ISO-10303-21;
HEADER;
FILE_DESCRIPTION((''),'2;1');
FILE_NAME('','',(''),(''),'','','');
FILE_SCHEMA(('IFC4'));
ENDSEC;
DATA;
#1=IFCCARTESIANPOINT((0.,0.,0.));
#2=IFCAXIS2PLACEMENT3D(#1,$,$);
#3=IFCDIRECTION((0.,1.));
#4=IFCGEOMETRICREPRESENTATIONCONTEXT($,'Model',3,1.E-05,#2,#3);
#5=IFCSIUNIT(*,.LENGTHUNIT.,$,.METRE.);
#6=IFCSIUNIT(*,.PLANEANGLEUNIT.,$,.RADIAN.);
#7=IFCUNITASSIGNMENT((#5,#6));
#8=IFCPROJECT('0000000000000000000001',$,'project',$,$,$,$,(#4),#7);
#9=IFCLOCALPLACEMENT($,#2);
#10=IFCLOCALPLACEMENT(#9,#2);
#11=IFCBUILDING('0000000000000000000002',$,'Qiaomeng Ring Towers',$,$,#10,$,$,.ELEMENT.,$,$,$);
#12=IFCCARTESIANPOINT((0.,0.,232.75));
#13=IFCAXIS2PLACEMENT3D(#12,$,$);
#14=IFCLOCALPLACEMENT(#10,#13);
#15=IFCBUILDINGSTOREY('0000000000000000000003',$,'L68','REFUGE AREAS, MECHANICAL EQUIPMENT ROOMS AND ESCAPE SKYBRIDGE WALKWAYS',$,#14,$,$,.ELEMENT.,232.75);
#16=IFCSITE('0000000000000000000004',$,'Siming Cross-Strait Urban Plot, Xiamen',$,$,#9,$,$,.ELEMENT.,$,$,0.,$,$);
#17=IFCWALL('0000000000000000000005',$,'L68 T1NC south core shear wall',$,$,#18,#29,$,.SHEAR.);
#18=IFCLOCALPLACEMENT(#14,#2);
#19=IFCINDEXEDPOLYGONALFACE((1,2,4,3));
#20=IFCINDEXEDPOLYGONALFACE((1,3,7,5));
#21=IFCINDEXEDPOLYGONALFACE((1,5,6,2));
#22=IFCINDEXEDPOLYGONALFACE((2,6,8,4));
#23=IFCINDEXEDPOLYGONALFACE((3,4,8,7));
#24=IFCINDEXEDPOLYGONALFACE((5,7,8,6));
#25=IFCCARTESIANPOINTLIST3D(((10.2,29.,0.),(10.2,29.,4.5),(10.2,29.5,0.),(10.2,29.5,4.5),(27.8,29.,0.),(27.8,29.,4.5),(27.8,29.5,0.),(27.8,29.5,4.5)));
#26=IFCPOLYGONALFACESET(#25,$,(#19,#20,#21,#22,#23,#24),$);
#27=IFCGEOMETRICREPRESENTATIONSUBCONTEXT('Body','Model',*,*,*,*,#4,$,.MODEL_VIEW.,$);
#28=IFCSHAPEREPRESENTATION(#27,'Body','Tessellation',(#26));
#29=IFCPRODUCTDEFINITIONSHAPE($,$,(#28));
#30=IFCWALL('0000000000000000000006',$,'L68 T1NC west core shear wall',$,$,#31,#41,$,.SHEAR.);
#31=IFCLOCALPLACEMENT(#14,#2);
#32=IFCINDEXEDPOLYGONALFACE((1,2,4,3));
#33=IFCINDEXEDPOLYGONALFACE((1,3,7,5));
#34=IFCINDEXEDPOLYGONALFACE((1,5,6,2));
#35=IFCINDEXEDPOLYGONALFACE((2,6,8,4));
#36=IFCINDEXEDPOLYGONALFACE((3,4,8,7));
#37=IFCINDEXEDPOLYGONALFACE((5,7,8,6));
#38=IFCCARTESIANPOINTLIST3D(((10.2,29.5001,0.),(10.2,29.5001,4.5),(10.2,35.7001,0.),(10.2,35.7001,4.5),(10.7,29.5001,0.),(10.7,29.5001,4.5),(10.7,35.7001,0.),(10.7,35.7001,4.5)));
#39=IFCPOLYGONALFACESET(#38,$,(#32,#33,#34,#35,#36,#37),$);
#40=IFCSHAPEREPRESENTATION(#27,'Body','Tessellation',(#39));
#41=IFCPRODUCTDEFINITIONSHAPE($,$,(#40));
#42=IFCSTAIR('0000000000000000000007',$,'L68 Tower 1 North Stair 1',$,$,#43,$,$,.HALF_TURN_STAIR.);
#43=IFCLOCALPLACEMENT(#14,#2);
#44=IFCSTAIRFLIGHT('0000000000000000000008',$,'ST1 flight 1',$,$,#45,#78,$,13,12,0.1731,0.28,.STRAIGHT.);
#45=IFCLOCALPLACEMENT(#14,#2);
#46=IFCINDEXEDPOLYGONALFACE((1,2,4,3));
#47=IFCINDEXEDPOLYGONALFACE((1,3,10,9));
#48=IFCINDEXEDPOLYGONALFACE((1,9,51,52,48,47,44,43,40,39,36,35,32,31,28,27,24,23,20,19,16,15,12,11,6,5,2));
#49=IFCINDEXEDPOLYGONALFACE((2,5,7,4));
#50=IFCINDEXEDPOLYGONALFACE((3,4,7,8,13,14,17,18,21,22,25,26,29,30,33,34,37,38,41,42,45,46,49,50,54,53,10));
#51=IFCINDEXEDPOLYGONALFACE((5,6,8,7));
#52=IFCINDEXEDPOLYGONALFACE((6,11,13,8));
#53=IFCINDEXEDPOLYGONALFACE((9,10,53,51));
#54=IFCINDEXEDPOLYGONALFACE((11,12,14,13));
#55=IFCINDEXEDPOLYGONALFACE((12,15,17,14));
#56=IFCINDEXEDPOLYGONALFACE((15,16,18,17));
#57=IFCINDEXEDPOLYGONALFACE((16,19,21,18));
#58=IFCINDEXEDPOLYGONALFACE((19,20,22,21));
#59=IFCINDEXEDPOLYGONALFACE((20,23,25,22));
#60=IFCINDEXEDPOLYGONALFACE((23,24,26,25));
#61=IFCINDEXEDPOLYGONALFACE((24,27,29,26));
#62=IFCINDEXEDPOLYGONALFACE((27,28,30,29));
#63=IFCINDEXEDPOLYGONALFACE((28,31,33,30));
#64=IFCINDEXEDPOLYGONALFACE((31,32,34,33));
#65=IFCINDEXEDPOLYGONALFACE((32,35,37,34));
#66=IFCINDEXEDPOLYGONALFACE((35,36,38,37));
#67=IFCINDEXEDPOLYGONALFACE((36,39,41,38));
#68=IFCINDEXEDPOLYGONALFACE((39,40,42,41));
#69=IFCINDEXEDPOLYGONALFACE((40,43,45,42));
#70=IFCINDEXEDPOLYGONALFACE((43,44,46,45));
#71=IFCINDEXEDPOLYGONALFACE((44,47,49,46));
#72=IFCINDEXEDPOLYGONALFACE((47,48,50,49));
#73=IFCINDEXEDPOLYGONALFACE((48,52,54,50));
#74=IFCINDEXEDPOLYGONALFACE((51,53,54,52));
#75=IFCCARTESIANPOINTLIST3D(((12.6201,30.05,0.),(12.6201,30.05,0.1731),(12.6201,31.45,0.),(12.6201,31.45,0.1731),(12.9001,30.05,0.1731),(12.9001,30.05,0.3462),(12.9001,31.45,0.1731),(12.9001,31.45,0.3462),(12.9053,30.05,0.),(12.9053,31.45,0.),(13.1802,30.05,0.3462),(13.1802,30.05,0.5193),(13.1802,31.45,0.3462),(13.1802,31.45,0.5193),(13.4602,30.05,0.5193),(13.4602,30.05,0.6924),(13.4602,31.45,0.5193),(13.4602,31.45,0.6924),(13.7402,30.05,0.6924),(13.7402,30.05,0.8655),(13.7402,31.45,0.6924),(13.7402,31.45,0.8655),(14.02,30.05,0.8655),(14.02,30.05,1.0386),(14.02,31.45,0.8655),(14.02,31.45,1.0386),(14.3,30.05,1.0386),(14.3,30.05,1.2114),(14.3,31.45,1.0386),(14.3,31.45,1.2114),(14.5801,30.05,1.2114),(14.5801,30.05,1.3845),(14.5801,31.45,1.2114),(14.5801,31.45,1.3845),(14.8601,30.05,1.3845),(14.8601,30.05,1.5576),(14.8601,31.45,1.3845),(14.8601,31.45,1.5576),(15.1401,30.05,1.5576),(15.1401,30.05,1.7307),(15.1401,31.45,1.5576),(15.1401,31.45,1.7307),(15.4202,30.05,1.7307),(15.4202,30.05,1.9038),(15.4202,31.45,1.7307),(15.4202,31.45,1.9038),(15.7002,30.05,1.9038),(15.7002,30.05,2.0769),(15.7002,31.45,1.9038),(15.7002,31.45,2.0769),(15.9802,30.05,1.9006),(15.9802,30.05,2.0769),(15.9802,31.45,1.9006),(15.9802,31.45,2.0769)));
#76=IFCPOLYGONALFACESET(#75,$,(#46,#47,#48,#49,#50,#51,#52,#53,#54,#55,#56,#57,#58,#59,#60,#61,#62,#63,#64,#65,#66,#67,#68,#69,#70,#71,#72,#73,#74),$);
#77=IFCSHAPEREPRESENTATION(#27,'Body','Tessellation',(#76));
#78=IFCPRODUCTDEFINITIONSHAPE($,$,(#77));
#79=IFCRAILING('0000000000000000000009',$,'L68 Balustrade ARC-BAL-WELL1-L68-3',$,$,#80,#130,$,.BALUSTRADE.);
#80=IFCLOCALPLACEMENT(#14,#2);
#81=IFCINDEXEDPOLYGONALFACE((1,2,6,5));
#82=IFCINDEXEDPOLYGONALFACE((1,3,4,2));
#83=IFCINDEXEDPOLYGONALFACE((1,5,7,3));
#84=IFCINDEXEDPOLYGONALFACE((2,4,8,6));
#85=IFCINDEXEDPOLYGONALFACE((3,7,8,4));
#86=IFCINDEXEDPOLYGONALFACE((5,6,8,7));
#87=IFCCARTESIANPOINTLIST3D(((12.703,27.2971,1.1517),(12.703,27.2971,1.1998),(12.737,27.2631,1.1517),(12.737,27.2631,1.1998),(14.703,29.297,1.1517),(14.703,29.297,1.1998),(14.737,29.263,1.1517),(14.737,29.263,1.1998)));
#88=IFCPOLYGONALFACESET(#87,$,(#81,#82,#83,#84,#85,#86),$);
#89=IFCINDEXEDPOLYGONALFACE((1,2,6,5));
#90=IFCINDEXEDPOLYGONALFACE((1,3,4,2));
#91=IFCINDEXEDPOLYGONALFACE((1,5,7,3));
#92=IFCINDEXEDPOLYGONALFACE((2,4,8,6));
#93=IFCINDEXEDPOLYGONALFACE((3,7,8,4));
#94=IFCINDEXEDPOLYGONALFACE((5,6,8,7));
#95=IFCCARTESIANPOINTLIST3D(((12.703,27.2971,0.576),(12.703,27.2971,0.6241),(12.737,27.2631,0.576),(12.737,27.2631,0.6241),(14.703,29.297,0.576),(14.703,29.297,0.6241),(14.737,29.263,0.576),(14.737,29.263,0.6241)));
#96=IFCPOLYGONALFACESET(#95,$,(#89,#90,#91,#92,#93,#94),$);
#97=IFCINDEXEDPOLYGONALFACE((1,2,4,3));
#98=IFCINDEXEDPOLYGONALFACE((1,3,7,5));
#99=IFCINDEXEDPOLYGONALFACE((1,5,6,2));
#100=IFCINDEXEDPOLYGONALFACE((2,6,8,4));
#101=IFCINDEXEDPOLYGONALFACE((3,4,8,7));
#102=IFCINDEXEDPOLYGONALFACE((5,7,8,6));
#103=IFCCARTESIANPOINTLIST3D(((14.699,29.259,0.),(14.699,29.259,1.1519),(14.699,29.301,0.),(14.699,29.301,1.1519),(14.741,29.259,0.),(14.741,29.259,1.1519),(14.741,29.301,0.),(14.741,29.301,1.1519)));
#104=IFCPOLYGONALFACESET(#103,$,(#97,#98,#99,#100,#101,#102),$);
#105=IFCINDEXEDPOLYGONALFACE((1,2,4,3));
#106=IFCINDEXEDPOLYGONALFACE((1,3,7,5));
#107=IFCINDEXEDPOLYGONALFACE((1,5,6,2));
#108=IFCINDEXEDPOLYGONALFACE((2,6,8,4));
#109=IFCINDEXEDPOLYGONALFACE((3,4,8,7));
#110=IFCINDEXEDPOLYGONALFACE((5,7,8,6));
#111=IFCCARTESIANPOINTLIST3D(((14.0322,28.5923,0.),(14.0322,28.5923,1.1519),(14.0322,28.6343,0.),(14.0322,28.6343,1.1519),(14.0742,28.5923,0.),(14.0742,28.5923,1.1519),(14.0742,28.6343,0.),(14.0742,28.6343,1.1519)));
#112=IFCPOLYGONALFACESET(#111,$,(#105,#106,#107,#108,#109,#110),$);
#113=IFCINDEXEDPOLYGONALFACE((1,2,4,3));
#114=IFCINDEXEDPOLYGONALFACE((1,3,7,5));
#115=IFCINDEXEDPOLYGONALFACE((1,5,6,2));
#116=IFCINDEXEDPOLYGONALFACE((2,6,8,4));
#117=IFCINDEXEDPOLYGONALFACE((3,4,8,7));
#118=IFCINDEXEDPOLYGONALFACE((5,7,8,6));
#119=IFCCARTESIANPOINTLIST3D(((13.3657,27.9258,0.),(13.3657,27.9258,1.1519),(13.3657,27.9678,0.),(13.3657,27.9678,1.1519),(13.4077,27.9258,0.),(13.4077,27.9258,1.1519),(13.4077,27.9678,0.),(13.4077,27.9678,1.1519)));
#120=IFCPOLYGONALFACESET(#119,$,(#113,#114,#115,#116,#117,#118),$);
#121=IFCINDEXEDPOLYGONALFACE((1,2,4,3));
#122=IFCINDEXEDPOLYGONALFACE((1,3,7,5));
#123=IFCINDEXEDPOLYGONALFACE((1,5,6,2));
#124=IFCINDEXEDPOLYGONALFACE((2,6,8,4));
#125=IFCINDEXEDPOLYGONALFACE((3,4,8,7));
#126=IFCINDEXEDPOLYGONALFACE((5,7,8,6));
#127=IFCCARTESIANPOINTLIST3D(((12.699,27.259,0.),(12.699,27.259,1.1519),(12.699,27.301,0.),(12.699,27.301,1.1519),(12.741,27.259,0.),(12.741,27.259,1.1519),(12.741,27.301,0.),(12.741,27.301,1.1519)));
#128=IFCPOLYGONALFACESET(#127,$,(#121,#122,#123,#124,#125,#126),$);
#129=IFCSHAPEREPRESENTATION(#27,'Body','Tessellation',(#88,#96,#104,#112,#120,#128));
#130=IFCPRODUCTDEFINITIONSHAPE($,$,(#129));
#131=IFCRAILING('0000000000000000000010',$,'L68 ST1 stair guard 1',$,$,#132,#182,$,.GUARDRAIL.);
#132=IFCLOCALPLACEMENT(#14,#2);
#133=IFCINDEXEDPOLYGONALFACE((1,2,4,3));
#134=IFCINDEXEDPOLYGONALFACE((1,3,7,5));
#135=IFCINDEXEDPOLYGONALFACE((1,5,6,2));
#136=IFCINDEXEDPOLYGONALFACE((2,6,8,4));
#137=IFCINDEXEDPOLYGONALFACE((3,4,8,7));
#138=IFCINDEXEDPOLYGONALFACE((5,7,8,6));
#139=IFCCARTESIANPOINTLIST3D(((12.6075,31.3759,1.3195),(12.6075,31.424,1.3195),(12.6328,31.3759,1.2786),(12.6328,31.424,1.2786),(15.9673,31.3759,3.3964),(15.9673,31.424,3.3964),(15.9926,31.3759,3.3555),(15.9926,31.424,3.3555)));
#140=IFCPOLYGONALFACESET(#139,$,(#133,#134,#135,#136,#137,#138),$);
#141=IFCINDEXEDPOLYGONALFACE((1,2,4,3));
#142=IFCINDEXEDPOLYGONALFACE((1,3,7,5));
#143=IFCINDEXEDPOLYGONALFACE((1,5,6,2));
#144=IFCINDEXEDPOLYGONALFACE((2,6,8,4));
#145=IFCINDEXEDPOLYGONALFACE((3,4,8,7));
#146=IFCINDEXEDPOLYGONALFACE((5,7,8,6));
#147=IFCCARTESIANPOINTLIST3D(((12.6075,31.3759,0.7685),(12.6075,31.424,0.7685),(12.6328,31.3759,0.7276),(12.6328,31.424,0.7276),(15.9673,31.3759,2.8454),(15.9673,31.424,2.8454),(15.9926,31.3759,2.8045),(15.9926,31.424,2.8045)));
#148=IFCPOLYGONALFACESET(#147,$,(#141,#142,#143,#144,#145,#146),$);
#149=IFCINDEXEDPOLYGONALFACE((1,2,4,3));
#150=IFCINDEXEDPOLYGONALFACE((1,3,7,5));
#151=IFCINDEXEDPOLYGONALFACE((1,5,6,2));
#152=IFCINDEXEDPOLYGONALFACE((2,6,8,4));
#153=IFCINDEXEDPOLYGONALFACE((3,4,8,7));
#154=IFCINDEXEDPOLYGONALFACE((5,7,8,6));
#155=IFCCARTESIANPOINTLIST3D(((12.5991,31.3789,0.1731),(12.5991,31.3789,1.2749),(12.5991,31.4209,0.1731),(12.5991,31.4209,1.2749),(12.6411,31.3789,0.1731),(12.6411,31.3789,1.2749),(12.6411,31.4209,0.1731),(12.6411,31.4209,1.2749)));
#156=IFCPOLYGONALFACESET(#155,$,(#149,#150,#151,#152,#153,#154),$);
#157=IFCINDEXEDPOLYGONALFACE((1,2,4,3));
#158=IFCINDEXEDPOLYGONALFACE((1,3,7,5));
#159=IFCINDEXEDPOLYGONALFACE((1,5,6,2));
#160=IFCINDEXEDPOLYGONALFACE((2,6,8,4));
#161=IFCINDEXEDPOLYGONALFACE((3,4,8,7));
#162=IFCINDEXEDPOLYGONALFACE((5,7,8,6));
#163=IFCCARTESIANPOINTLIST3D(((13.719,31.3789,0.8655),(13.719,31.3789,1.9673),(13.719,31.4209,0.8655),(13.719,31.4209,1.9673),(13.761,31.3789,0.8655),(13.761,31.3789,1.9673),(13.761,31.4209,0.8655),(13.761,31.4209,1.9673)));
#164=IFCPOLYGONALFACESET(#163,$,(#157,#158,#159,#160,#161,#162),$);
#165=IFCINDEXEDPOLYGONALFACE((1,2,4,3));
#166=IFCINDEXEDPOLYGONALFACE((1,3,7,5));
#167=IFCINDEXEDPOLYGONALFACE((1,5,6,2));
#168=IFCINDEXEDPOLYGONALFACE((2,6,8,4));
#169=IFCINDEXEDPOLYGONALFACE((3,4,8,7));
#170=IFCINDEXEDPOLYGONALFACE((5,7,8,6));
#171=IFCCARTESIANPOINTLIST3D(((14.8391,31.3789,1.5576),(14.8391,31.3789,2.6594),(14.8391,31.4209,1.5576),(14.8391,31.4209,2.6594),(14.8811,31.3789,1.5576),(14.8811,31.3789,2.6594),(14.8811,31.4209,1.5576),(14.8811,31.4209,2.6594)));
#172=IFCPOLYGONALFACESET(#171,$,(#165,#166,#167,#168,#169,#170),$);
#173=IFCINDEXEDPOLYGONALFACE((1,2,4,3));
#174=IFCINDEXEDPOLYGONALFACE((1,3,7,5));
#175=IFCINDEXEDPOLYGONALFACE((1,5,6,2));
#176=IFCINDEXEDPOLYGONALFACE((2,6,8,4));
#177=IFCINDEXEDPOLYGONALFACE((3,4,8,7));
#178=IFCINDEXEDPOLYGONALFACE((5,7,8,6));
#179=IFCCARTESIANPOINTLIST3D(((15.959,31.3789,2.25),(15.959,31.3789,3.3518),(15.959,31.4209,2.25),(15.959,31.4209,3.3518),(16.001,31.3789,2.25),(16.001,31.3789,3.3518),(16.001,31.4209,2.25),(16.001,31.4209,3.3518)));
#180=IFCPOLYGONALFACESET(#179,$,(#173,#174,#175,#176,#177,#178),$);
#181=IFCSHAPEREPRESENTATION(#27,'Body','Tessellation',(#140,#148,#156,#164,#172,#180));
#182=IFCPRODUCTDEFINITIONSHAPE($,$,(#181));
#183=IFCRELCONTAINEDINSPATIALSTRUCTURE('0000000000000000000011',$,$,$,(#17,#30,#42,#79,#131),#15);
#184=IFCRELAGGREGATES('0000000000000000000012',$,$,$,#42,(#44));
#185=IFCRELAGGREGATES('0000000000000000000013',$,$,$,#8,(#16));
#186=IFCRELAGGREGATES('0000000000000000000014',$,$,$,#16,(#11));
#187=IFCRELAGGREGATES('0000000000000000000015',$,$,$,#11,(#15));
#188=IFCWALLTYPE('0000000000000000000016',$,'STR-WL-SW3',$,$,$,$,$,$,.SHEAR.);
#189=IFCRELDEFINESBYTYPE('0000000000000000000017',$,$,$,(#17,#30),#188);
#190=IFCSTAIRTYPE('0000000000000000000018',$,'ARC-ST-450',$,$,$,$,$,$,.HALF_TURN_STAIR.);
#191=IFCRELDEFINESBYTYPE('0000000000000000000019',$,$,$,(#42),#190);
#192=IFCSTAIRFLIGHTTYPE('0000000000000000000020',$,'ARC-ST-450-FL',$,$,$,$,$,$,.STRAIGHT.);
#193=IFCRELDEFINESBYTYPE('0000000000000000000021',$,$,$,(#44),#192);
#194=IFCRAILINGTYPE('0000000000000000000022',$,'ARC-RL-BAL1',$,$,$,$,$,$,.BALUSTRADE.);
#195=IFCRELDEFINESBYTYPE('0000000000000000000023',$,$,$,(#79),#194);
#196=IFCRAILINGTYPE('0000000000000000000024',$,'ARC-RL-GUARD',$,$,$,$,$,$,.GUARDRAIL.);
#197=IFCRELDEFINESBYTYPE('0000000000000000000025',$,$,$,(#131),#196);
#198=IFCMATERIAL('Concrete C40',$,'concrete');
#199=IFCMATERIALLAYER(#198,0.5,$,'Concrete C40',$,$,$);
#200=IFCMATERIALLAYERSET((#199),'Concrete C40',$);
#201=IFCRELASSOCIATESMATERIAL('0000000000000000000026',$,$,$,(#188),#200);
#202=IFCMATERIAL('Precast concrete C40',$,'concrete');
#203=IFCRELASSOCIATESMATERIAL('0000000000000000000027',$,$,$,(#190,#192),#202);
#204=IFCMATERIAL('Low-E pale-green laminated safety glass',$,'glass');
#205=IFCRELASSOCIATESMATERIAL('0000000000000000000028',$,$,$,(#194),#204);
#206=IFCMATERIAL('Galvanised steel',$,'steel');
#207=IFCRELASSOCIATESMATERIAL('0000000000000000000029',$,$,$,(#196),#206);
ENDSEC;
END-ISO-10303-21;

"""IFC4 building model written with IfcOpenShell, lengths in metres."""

from ifc_helpers import new_model, si_unit, direction, frame, frame_2d, origin, origin_2d, place, context, subcontext, project, spatial, polyline, rectangle, outline, extrude, source, transform, mapped, material, layer, layer_set, type_object, element, aggregate, save


model = new_model("IFC4")

# Units and contexts
model_context = context("Model", 3, precision=1e-05, world=origin(), true_north=direction((0.0, 1.0)))
body_context = subcontext(model_context, "Body", "Model", "MODEL_VIEW")
ifc_project = project(units=[si_unit("LENGTHUNIT", "METRE"), si_unit("PLANEANGLEUNIT", "RADIAN")], contexts=[model_context])

# Site, building, storey
site_placement = place(None, origin())
site = spatial("IfcSite", under=ifc_project, at=site_placement, Name="Siming Cross-Strait Urban Plot, Xiamen", CompositionType="ELEMENT", RefElevation=0.0)
building_placement = place(site_placement, origin())
building = spatial("IfcBuilding", under=site, at=building_placement, Name="Qiaomeng Ring Towers", CompositionType="ELEMENT")
storey_placement = place(building_placement, frame((0.0, 0.0, 232.75)))
storey = spatial("IfcBuildingStorey", under=building, at=storey_placement, Name="L68", Description="REFUGE AREAS, MECHANICAL EQUIPMENT ROOMS AND ESCAPE SKYBRIDGE WALKWAYS", CompositionType="ELEMENT", Elevation=232.75)

# Shared definitions
ifc_material_1 = material(Name="Concrete C40", Category="concrete")

# Walls
ifc_layer_1 = layer(ifc_material_1, 0.5, Name="Concrete C40")
ifc_layer_set_1 = layer_set([ifc_layer_1], Name="Concrete C40")
wall_type_1 = type_object("IfcWallType", Name="STR-WL-SW3", PredefinedType="SHEAR", material=ifc_layer_set_1)
wall_1_placement = place(storey_placement, frame((10.2, 29.25, 0.0), z_axis=(0.0, 0.0, 1.0), x_axis=(1.0, 0.0, 0.0)))
element("IfcWall", 1, at=wall_1_placement, inside=storey, type_object=wall_type_1, Name="L68 T1NC south core shear wall", PredefinedType="SHEAR", context=body_context, shape_type="SweptSolid", body=[
    extrude(rectangle(XDim=17.6001, YDim=0.5, at=frame_2d((8.8, 0.0))), origin(), (0.0, 0.0, 1.0), 4.5),
])
wall_2_placement = place(storey_placement, frame((10.45, 29.5, 0.0), z_axis=(0.0, 0.0, 1.0), x_axis=(0.0, 1.0, 0.0)))
element("IfcWall", 2, at=wall_2_placement, inside=storey, type_object=wall_type_1, Name="L68 T1NC west core shear wall", PredefinedType="SHEAR", context=body_context, shape_type="SweptSolid", body=[
    extrude(rectangle(XDim=6.2, YDim=0.5, at=frame_2d((3.1001, 0.0))), origin(), (0.0, 0.0, 1.0), 4.5),
])

# Stair, stair flight
ifc_material_2 = material(Name="Precast concrete C40", Category="concrete")
stair_type = type_object("IfcStairType", Name="ARC-ST-450", PredefinedType="HALF_TURN_STAIR", material=ifc_material_2)
stair_placement = place(storey_placement, origin())
stair = element("IfcStair", 3, at=stair_placement, inside=storey, type_object=stair_type, Name="L68 Tower 1 North Stair 1", PredefinedType="HALF_TURN_STAIR")
stair_flight_type = type_object("IfcStairFlightType", Name="ARC-ST-450-FL", PredefinedType="STRAIGHT", material=ifc_material_2)
shared_shape_1 = source(origin(), body_context, "Body", "SweptSolid", [
    extrude(outline(polyline([(0.0, 0.0), (0.0, 0.1731), (0.28, 0.1731), (0.28, 0.3462), (0.5601, 0.3462), (0.5601, 0.5193), (0.8401, 0.5193), (0.8401, 0.6924), (1.1201, 0.6924), (1.1201, 0.8655), (1.3999, 0.8655), (1.3999, 1.0386), (1.6799, 1.0386), (1.6799, 1.2114), (1.96, 1.2114), (1.96, 1.3845), (2.24, 1.3845), (2.24, 1.5576), (2.52, 1.5576), (2.52, 1.7307), (2.8, 1.7307), (2.8, 1.9038), (3.0801, 1.9038), (3.0801, 2.0769), (3.3601, 2.0769), (3.3601, 2.25), (3.3601, 1.9006), (0.2852, 0.0), (0.0, 0.0)])), frame((0.0, 0.7, 0.0), z_axis=(0.0, -1.0, 0.0), x_axis=(1.0, 0.0, 0.0)), (0.0, 0.0, 1.0), 1.3999),
])
stair_flight_placement = place(storey_placement, frame((12.6201, 30.75, 0.0), z_axis=(0.0, 0.0, 1.0), x_axis=(1.0, 0.0, 0.0)))
stair_flight = element("IfcStairFlight", 4, at=stair_flight_placement, type_object=stair_flight_type, Name="ST1 flight 1", NumberOfRisers=13, NumberOfTreads=12, PredefinedType="STRAIGHT", RiserHeight=0.1731, TreadLength=0.28, context=body_context, shape_type="MappedRepresentation", body=[
    mapped(shared_shape_1, transform((0.0, 0.0, 0.0), x_axis=(1.0, 0.0, 0.0), y_axis=(0.0, 1.0, 0.0), z_axis=(0.0, 0.0, 1.0), scale=1.0)),
])
aggregate(stair, [stair_flight])

# Railings
ifc_material_3 = material(Name="Low-E pale-green laminated safety glass", Category="glass")
railing_type_1 = type_object("IfcRailingType", Name="ARC-RL-BAL1", PredefinedType="BALUSTRADE", material=ifc_material_3)
railing_1_placement = place(storey_placement, frame((14.72, 29.28, 0.0)))
element("IfcRailing", 5, at=railing_1_placement, inside=storey, type_object=railing_type_1, Name="L68 Balustrade ARC-BAL-WELL1-L68-3", PredefinedType="BALUSTRADE", context=body_context, shape_type="SweptSolid", body=[
    extrude(rectangle(XDim=0.0481, YDim=0.0481, at=origin_2d()), frame((0.0, 0.0, 1.1758), z_axis=(-0.707107, -0.707107, 0.0), x_axis=(0.707107, -0.707107, 0.0)), (0.0, 0.0, 1.0), 2.8284),
    extrude(rectangle(XDim=0.0481, YDim=0.0481, at=origin_2d()), frame((0.0, 0.0, 0.6001), z_axis=(-0.707107, -0.707107, 0.0), x_axis=(0.707107, -0.707107, 0.0)), (0.0, 0.0, 1.0), 2.8284),
    extrude(rectangle(XDim=0.042, YDim=0.042, at=origin_2d()), origin(), (0.0, 0.0, 1.0), 1.1519),
    extrude(rectangle(XDim=0.042, YDim=0.042, at=origin_2d()), frame((-0.6667, -0.6667, 0.0)), (0.0, 0.0, 1.0), 1.1519),
    extrude(rectangle(XDim=0.042, YDim=0.042, at=origin_2d()), frame((-1.3333, -1.3333, 0.0)), (0.0, 0.0, 1.0), 1.1519),
    extrude(rectangle(XDim=0.042, YDim=0.042, at=origin_2d()), frame((-2.0, -2.0, 0.0)), (0.0, 0.0, 1.0), 1.1519),
])
ifc_material_4 = material(Name="Galvanised steel", Category="steel")
railing_type_2 = type_object("IfcRailingType", Name="ARC-RL-GUARD", PredefinedType="GUARDRAIL", material=ifc_material_4)
railing_2_placement = place(storey_placement, frame((12.6201, 31.3999, 0.1731)))
element("IfcRailing", 6, at=railing_2_placement, inside=storey, type_object=railing_type_2, Name="L68 ST1 stair guard 1", PredefinedType="GUARDRAIL", context=body_context, shape_type="SweptSolid", body=[
    extrude(rectangle(XDim=0.0481, YDim=0.0481, at=origin_2d()), frame((0.0, 0.0, 1.126), z_axis=(0.850606, 0.0, 0.525803), x_axis=(0.0, 1.0, 0.0)), (0.0, 0.0, 1.0), 3.95),
    extrude(rectangle(XDim=0.0481, YDim=0.0481, at=origin_2d()), frame((0.0, 0.0, 0.575), z_axis=(0.850606, 0.0, 0.525803), x_axis=(0.0, 1.0, 0.0)), (0.0, 0.0, 1.0), 3.95),
    extrude(rectangle(XDim=0.042, YDim=0.042, at=origin_2d()), origin(), (0.0, 0.0, 1.0), 1.1018),
    extrude(rectangle(XDim=0.042, YDim=0.042, at=origin_2d()), frame((1.1199, 0.0, 0.6924)), (0.0, 0.0, 1.0), 1.1018),
    extrude(rectangle(XDim=0.042, YDim=0.042, at=origin_2d()), frame((2.24, 0.0, 1.3845)), (0.0, 0.0, 1.0), 1.1018),
    extrude(rectangle(XDim=0.042, YDim=0.042, at=origin_2d()), frame((3.3599, 0.0, 2.0769)), (0.0, 0.0, 1.0), 1.1018),
])

save(model, "model.ifc")
